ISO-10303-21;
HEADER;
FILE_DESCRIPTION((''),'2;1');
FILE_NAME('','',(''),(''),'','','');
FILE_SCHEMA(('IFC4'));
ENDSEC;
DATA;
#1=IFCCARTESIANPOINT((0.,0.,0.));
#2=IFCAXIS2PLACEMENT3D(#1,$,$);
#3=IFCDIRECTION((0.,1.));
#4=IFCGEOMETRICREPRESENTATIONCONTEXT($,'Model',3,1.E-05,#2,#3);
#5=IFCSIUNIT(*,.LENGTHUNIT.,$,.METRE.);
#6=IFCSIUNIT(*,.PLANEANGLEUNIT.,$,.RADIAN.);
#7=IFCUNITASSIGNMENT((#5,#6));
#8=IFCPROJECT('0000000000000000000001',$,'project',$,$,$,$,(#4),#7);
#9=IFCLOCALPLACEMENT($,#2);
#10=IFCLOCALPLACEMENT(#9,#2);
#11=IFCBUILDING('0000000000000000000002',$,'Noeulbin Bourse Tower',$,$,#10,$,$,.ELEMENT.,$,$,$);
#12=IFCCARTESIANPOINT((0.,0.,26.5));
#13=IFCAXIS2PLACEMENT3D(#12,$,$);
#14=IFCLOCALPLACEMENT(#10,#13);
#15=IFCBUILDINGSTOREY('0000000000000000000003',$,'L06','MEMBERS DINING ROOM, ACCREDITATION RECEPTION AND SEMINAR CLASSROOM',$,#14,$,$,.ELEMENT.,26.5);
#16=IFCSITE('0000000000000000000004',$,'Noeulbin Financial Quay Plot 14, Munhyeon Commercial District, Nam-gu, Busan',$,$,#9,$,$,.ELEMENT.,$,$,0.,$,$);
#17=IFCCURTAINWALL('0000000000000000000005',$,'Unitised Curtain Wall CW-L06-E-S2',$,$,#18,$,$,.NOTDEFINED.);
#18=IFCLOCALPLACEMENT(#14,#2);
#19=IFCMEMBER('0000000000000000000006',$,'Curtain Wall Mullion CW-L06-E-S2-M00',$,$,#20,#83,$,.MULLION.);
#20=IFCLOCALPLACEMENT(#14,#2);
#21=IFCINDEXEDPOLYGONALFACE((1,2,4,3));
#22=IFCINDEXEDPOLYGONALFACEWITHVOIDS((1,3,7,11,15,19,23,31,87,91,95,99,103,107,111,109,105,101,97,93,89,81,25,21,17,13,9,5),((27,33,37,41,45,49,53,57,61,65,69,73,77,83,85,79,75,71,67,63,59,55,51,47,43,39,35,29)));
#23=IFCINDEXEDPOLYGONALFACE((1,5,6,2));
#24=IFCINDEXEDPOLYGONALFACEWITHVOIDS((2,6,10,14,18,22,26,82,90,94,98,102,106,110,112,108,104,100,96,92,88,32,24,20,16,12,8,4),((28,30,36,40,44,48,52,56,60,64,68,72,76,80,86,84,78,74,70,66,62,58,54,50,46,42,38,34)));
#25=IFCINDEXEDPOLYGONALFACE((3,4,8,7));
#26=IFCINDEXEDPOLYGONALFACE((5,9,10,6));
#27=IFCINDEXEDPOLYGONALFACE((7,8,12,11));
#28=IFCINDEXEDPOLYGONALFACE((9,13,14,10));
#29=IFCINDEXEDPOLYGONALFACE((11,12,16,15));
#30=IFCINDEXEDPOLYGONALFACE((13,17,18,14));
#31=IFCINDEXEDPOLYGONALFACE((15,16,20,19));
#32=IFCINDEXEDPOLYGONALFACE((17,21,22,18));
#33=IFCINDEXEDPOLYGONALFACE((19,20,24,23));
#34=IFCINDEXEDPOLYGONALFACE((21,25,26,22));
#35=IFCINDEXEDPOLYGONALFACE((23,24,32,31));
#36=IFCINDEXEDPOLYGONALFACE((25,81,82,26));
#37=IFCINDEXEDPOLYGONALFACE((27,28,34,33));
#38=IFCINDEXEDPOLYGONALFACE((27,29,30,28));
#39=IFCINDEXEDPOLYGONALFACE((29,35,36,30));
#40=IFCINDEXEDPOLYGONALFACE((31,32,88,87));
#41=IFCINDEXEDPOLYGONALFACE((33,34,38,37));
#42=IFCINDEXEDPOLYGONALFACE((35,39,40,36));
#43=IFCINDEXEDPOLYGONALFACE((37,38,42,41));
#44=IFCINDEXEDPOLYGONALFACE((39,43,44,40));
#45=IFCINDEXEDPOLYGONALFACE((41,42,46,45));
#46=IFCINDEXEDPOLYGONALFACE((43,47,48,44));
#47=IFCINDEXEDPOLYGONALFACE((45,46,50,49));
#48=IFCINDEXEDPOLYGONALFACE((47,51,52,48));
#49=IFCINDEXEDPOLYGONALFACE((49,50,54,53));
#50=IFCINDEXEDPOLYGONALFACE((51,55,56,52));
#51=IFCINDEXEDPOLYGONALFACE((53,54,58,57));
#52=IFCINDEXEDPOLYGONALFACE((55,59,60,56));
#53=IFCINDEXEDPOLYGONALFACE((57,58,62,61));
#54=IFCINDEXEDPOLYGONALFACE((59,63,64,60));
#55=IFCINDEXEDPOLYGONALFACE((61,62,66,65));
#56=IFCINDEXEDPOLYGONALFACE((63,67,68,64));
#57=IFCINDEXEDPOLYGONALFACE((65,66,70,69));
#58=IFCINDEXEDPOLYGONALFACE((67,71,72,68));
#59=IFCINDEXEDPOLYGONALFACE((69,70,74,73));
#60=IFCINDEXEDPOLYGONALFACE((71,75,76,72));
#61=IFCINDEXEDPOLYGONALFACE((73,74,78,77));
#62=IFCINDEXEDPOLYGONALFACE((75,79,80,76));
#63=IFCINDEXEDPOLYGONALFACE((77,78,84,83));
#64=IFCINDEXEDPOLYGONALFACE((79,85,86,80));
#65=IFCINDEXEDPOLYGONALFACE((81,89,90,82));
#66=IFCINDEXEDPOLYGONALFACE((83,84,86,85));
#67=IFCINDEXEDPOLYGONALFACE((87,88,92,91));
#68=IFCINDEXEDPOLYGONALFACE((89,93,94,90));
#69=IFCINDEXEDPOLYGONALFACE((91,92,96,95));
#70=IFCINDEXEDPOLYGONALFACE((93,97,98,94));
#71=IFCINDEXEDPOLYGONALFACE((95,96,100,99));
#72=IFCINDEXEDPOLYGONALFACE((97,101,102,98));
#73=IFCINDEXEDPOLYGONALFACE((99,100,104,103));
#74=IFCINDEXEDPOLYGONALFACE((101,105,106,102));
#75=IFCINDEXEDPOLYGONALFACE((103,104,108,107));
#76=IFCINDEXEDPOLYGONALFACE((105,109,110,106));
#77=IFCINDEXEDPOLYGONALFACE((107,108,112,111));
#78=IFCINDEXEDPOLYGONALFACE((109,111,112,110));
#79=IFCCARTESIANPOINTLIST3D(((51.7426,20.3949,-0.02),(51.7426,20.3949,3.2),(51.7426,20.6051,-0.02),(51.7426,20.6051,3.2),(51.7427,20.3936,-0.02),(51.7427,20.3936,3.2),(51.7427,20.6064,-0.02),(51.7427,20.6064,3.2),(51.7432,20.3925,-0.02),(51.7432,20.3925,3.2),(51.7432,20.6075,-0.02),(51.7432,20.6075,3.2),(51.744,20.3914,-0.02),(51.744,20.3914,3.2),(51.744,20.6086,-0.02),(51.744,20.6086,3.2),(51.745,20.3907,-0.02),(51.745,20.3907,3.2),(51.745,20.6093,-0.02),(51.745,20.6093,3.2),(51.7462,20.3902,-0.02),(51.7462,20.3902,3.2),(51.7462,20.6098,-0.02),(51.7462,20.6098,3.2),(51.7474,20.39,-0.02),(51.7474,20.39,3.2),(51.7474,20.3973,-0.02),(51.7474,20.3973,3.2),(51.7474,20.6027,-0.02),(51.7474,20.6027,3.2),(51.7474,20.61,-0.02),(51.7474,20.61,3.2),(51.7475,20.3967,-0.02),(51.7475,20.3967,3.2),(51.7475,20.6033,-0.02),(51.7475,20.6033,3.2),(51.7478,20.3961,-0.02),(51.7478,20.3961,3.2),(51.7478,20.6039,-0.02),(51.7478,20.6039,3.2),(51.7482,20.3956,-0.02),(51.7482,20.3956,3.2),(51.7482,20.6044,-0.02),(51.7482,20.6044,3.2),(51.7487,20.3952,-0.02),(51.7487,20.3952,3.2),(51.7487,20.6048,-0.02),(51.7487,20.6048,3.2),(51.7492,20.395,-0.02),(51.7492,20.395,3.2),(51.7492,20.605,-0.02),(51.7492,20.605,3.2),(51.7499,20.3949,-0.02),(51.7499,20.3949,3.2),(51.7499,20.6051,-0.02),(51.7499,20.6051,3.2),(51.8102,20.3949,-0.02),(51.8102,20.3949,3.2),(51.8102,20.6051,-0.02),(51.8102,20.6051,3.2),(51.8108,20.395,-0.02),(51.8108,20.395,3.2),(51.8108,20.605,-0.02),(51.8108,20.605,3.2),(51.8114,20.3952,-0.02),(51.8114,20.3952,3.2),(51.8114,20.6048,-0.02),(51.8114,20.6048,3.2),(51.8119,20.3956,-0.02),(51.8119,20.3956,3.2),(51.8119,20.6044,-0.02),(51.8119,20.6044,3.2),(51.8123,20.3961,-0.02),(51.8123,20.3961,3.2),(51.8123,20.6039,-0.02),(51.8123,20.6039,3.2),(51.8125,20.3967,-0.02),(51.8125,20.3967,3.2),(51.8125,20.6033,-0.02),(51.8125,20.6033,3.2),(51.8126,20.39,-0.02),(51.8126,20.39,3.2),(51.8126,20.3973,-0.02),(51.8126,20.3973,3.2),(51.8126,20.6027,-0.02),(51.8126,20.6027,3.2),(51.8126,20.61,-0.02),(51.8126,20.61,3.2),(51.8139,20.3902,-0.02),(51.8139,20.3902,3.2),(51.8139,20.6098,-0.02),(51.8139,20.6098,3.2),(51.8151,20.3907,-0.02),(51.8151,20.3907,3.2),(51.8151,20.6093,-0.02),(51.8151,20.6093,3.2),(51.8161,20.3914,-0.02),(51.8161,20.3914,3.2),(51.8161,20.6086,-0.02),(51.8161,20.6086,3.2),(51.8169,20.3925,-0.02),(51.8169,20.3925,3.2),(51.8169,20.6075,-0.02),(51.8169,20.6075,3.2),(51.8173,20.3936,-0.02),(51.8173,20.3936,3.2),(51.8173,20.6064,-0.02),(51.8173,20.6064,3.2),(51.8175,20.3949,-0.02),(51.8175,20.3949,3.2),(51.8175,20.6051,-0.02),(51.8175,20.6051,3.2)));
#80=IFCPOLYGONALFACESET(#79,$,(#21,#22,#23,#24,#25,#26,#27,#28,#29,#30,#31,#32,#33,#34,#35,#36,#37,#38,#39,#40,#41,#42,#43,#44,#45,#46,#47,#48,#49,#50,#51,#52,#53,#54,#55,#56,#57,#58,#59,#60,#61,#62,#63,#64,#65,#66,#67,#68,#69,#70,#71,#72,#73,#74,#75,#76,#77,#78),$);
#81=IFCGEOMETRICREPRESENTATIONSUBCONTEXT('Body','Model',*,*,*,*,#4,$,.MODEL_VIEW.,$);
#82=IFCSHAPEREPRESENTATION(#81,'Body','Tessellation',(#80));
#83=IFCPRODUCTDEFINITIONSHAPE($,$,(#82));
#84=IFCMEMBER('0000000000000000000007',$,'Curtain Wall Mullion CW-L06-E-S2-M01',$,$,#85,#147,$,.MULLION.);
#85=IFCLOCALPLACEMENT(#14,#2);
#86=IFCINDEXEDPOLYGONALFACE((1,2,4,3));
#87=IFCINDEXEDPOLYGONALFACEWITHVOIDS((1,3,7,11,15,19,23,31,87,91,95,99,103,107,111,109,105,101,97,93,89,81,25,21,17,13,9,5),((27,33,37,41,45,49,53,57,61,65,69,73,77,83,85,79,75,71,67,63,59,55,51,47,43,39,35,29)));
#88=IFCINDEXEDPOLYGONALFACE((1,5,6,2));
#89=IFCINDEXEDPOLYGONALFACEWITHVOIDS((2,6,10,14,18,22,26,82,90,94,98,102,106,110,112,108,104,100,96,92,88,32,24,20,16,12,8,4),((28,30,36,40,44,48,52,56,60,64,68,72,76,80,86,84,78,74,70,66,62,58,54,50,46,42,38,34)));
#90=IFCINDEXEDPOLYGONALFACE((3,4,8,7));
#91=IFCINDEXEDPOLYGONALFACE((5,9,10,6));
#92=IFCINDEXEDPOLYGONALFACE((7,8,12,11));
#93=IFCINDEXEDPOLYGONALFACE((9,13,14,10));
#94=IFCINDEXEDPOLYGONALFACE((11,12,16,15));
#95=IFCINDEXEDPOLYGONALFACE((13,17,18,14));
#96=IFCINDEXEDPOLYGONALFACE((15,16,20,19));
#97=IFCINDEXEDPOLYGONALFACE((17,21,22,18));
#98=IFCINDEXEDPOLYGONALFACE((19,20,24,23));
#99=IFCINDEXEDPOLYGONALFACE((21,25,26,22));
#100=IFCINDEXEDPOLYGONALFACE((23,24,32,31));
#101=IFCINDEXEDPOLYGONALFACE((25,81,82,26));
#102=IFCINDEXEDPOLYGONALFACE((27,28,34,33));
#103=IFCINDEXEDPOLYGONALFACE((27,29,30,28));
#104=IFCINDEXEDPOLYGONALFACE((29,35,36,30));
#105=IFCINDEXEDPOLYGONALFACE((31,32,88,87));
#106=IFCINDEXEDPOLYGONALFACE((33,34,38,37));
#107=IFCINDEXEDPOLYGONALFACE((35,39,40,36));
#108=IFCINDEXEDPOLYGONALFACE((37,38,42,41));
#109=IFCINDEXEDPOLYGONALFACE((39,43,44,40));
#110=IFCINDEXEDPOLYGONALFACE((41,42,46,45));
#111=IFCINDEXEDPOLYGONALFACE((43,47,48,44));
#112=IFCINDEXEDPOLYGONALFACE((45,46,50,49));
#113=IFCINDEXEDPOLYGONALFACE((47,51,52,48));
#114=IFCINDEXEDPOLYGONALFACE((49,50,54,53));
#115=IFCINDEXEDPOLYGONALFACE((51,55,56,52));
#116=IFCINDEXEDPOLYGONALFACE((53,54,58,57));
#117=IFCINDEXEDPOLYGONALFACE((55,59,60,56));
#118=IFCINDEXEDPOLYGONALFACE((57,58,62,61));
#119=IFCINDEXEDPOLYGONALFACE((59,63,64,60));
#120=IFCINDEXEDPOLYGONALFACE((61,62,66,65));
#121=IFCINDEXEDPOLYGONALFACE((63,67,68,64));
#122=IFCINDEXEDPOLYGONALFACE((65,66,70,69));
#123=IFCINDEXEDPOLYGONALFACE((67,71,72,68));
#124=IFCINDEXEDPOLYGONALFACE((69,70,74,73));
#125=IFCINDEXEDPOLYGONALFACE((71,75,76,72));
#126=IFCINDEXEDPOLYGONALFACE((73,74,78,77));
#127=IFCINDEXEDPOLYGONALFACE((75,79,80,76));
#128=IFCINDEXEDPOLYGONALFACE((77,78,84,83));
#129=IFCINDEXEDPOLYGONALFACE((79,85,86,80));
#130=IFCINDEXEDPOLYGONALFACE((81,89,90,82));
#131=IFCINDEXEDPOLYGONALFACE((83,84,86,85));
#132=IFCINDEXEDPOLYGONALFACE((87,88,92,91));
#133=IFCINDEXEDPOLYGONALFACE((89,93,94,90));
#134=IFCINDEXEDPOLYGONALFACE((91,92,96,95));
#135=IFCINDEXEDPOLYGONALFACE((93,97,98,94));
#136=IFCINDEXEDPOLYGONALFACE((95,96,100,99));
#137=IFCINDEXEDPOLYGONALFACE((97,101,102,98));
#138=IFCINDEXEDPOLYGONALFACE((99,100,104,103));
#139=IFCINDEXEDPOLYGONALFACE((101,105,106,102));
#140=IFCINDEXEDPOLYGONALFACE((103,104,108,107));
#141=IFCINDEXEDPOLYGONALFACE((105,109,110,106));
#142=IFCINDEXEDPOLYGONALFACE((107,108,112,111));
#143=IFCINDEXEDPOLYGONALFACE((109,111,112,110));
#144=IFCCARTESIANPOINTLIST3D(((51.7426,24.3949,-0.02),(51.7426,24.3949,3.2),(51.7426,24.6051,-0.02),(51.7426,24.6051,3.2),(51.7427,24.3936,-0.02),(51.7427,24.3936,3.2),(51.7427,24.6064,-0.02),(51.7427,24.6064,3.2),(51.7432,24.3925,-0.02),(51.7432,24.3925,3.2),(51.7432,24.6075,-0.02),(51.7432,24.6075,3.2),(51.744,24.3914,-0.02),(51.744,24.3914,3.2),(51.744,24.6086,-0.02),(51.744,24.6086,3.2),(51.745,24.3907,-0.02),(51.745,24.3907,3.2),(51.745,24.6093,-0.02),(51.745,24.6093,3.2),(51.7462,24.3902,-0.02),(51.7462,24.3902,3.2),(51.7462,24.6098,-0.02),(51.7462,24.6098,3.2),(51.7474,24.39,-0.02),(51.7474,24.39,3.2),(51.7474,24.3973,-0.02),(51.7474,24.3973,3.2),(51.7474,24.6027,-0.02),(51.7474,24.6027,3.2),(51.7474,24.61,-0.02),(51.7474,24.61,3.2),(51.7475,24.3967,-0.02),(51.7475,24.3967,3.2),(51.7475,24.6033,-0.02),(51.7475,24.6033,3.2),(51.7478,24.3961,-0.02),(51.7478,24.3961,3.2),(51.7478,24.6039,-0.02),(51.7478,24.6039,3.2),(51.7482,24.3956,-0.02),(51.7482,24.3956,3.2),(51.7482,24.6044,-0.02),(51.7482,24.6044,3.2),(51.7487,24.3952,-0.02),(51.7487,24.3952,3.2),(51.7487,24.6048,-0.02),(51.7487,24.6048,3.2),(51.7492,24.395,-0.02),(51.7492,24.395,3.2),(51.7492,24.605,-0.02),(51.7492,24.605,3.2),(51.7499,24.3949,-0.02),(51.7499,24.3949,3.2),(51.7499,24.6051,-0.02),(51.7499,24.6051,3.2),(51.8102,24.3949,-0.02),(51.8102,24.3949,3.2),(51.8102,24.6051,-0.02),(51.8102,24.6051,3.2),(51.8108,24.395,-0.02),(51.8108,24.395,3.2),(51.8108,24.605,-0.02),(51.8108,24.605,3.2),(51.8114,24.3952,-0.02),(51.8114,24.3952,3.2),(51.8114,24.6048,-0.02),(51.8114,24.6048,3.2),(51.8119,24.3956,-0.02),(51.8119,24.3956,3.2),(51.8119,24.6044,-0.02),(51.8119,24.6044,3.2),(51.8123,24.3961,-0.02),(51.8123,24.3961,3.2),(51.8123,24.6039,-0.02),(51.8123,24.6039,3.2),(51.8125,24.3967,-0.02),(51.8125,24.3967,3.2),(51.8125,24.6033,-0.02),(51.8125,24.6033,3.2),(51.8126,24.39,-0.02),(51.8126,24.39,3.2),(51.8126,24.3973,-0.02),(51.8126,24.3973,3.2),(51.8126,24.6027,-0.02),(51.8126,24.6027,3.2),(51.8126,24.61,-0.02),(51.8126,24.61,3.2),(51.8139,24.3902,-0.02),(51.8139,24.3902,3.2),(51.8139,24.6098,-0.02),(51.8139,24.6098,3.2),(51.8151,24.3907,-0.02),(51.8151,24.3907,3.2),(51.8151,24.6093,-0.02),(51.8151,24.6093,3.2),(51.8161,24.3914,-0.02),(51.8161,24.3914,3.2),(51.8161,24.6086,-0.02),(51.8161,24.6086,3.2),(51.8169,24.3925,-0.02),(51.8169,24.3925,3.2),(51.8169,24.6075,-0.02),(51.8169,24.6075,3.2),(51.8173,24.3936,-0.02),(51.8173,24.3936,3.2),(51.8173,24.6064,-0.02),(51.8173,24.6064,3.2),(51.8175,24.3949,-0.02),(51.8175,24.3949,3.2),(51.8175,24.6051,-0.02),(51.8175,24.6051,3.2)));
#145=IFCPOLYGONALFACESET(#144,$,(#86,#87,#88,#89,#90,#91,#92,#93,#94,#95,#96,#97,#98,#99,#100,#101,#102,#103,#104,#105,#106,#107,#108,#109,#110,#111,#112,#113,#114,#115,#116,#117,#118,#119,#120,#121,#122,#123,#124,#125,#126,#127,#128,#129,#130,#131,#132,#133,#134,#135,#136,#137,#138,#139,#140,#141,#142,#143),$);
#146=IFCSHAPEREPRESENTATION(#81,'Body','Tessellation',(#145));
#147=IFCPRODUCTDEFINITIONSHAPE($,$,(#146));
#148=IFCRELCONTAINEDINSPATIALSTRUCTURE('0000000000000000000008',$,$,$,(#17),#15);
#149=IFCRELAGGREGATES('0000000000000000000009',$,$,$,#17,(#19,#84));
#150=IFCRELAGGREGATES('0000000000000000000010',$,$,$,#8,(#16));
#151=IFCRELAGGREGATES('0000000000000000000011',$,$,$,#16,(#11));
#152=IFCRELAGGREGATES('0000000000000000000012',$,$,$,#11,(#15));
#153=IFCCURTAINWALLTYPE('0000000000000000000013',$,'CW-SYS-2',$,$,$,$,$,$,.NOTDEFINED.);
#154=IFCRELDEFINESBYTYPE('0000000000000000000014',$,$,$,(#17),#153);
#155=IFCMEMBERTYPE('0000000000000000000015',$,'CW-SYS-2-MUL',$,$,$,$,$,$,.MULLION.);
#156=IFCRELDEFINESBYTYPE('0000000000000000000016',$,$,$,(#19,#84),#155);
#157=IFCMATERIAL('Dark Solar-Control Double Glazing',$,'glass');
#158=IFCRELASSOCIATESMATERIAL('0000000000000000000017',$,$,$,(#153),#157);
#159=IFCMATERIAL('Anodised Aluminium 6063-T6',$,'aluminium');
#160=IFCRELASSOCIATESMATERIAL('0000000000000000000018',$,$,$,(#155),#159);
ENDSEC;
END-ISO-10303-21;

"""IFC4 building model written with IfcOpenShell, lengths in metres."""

from ifc_helpers import new_model, si_unit, direction, frame, origin, origin_2d, place, context, subcontext, project, spatial, hollow_rectangle, extrude, material, material_profile, profile_set, type_object, element, aggregate, save


model = new_model("IFC4")

# Units and contexts
model_context = context("Model", 3, precision=1e-05, world=origin(), true_north=direction((0.0, 1.0)))
body_context = subcontext(model_context, "Body", "Model", "MODEL_VIEW")
ifc_project = project(units=[si_unit("LENGTHUNIT", "METRE"), si_unit("PLANEANGLEUNIT", "RADIAN")], contexts=[model_context])

# Site, building, storey
site_placement = place(None, origin())
site = spatial("IfcSite", under=ifc_project, at=site_placement, Name="Noeulbin Financial Quay Plot 14, Munhyeon Commercial District, Nam-gu, Busan", CompositionType="ELEMENT", RefElevation=0.0)
building_placement = place(site_placement, origin())
building = spatial("IfcBuilding", under=site, at=building_placement, Name="Noeulbin Bourse Tower", CompositionType="ELEMENT")
storey_placement = place(building_placement, frame((0.0, 0.0, 26.5)))
storey = spatial("IfcBuildingStorey", under=building, at=storey_placement, Name="L06", Description="MEMBERS DINING ROOM, ACCREDITATION RECEPTION AND SEMINAR CLASSROOM", CompositionType="ELEMENT", Elevation=26.5)

# Curtain wall, members
ifc_material_1 = material(Name="Dark Solar-Control Double Glazing", Category="glass")
curtain_wall_type = type_object("IfcCurtainWallType", Name="CW-SYS-2", PredefinedType="NOTDEFINED", material=ifc_material_1)
curtain_wall_placement = place(storey_placement, origin())
curtain_wall = element("IfcCurtainWall", 1, at=curtain_wall_placement, inside=storey, type_object=curtain_wall_type, Name="Unitised Curtain Wall CW-L06-E-S2", PredefinedType="NOTDEFINED")
ifc_material_2 = material(Name="Anodised Aluminium 6063-T6", Category="aluminium")
ifc_material_profile_1 = material_profile(ifc_material_2, hollow_rectangle(XDim=0.075, YDim=0.22, WallThickness=0.0049, InnerFilletRadius=0.0024, OuterFilletRadius=0.0049, at=origin_2d()), Name="ALU-MULL-75x220x5", Category="LoadBearing")
ifc_profile_set_1 = profile_set([ifc_material_profile_1], Name="Anodised Aluminium 6063-T6")
member_type_1 = type_object("IfcMemberType", Name="CW-SYS-2-MUL", PredefinedType="MULLION", material=ifc_profile_set_1)
member_1_placement = place(storey_placement, frame((51.78, 20.5, -0.02), z_axis=(0.0, 0.0, 1.0), x_axis=(1.0, 0.0, 0.0)))
member_1 = element("IfcMember", 2, at=member_1_placement, type_object=member_type_1, Name="Curtain Wall Mullion CW-L06-E-S2-M00", PredefinedType="MULLION", context=body_context, shape_type="SweptSolid", body=[
    extrude(hollow_rectangle(XDim=0.075, YDim=0.22, WallThickness=0.0049, InnerFilletRadius=0.0024, OuterFilletRadius=0.0049, at=origin_2d()), origin(), (0.0, 0.0, 1.0), 3.22),
])
member_2_placement = place(storey_placement, frame((51.78, 24.5, -0.02), z_axis=(0.0, 0.0, 1.0), x_axis=(1.0, 0.0, 0.0)))
member_2 = element("IfcMember", 3, at=member_2_placement, type_object=member_type_1, Name="Curtain Wall Mullion CW-L06-E-S2-M01", PredefinedType="MULLION", context=body_context, shape_type="SweptSolid", body=[
    extrude(hollow_rectangle(XDim=0.075, YDim=0.22, WallThickness=0.0049, InnerFilletRadius=0.0024, OuterFilletRadius=0.0049, at=origin_2d()), origin(), (0.0, 0.0, 1.0), 3.22),
])
aggregate(curtain_wall, [member_1, member_2])

save(model, "model.ifc")
